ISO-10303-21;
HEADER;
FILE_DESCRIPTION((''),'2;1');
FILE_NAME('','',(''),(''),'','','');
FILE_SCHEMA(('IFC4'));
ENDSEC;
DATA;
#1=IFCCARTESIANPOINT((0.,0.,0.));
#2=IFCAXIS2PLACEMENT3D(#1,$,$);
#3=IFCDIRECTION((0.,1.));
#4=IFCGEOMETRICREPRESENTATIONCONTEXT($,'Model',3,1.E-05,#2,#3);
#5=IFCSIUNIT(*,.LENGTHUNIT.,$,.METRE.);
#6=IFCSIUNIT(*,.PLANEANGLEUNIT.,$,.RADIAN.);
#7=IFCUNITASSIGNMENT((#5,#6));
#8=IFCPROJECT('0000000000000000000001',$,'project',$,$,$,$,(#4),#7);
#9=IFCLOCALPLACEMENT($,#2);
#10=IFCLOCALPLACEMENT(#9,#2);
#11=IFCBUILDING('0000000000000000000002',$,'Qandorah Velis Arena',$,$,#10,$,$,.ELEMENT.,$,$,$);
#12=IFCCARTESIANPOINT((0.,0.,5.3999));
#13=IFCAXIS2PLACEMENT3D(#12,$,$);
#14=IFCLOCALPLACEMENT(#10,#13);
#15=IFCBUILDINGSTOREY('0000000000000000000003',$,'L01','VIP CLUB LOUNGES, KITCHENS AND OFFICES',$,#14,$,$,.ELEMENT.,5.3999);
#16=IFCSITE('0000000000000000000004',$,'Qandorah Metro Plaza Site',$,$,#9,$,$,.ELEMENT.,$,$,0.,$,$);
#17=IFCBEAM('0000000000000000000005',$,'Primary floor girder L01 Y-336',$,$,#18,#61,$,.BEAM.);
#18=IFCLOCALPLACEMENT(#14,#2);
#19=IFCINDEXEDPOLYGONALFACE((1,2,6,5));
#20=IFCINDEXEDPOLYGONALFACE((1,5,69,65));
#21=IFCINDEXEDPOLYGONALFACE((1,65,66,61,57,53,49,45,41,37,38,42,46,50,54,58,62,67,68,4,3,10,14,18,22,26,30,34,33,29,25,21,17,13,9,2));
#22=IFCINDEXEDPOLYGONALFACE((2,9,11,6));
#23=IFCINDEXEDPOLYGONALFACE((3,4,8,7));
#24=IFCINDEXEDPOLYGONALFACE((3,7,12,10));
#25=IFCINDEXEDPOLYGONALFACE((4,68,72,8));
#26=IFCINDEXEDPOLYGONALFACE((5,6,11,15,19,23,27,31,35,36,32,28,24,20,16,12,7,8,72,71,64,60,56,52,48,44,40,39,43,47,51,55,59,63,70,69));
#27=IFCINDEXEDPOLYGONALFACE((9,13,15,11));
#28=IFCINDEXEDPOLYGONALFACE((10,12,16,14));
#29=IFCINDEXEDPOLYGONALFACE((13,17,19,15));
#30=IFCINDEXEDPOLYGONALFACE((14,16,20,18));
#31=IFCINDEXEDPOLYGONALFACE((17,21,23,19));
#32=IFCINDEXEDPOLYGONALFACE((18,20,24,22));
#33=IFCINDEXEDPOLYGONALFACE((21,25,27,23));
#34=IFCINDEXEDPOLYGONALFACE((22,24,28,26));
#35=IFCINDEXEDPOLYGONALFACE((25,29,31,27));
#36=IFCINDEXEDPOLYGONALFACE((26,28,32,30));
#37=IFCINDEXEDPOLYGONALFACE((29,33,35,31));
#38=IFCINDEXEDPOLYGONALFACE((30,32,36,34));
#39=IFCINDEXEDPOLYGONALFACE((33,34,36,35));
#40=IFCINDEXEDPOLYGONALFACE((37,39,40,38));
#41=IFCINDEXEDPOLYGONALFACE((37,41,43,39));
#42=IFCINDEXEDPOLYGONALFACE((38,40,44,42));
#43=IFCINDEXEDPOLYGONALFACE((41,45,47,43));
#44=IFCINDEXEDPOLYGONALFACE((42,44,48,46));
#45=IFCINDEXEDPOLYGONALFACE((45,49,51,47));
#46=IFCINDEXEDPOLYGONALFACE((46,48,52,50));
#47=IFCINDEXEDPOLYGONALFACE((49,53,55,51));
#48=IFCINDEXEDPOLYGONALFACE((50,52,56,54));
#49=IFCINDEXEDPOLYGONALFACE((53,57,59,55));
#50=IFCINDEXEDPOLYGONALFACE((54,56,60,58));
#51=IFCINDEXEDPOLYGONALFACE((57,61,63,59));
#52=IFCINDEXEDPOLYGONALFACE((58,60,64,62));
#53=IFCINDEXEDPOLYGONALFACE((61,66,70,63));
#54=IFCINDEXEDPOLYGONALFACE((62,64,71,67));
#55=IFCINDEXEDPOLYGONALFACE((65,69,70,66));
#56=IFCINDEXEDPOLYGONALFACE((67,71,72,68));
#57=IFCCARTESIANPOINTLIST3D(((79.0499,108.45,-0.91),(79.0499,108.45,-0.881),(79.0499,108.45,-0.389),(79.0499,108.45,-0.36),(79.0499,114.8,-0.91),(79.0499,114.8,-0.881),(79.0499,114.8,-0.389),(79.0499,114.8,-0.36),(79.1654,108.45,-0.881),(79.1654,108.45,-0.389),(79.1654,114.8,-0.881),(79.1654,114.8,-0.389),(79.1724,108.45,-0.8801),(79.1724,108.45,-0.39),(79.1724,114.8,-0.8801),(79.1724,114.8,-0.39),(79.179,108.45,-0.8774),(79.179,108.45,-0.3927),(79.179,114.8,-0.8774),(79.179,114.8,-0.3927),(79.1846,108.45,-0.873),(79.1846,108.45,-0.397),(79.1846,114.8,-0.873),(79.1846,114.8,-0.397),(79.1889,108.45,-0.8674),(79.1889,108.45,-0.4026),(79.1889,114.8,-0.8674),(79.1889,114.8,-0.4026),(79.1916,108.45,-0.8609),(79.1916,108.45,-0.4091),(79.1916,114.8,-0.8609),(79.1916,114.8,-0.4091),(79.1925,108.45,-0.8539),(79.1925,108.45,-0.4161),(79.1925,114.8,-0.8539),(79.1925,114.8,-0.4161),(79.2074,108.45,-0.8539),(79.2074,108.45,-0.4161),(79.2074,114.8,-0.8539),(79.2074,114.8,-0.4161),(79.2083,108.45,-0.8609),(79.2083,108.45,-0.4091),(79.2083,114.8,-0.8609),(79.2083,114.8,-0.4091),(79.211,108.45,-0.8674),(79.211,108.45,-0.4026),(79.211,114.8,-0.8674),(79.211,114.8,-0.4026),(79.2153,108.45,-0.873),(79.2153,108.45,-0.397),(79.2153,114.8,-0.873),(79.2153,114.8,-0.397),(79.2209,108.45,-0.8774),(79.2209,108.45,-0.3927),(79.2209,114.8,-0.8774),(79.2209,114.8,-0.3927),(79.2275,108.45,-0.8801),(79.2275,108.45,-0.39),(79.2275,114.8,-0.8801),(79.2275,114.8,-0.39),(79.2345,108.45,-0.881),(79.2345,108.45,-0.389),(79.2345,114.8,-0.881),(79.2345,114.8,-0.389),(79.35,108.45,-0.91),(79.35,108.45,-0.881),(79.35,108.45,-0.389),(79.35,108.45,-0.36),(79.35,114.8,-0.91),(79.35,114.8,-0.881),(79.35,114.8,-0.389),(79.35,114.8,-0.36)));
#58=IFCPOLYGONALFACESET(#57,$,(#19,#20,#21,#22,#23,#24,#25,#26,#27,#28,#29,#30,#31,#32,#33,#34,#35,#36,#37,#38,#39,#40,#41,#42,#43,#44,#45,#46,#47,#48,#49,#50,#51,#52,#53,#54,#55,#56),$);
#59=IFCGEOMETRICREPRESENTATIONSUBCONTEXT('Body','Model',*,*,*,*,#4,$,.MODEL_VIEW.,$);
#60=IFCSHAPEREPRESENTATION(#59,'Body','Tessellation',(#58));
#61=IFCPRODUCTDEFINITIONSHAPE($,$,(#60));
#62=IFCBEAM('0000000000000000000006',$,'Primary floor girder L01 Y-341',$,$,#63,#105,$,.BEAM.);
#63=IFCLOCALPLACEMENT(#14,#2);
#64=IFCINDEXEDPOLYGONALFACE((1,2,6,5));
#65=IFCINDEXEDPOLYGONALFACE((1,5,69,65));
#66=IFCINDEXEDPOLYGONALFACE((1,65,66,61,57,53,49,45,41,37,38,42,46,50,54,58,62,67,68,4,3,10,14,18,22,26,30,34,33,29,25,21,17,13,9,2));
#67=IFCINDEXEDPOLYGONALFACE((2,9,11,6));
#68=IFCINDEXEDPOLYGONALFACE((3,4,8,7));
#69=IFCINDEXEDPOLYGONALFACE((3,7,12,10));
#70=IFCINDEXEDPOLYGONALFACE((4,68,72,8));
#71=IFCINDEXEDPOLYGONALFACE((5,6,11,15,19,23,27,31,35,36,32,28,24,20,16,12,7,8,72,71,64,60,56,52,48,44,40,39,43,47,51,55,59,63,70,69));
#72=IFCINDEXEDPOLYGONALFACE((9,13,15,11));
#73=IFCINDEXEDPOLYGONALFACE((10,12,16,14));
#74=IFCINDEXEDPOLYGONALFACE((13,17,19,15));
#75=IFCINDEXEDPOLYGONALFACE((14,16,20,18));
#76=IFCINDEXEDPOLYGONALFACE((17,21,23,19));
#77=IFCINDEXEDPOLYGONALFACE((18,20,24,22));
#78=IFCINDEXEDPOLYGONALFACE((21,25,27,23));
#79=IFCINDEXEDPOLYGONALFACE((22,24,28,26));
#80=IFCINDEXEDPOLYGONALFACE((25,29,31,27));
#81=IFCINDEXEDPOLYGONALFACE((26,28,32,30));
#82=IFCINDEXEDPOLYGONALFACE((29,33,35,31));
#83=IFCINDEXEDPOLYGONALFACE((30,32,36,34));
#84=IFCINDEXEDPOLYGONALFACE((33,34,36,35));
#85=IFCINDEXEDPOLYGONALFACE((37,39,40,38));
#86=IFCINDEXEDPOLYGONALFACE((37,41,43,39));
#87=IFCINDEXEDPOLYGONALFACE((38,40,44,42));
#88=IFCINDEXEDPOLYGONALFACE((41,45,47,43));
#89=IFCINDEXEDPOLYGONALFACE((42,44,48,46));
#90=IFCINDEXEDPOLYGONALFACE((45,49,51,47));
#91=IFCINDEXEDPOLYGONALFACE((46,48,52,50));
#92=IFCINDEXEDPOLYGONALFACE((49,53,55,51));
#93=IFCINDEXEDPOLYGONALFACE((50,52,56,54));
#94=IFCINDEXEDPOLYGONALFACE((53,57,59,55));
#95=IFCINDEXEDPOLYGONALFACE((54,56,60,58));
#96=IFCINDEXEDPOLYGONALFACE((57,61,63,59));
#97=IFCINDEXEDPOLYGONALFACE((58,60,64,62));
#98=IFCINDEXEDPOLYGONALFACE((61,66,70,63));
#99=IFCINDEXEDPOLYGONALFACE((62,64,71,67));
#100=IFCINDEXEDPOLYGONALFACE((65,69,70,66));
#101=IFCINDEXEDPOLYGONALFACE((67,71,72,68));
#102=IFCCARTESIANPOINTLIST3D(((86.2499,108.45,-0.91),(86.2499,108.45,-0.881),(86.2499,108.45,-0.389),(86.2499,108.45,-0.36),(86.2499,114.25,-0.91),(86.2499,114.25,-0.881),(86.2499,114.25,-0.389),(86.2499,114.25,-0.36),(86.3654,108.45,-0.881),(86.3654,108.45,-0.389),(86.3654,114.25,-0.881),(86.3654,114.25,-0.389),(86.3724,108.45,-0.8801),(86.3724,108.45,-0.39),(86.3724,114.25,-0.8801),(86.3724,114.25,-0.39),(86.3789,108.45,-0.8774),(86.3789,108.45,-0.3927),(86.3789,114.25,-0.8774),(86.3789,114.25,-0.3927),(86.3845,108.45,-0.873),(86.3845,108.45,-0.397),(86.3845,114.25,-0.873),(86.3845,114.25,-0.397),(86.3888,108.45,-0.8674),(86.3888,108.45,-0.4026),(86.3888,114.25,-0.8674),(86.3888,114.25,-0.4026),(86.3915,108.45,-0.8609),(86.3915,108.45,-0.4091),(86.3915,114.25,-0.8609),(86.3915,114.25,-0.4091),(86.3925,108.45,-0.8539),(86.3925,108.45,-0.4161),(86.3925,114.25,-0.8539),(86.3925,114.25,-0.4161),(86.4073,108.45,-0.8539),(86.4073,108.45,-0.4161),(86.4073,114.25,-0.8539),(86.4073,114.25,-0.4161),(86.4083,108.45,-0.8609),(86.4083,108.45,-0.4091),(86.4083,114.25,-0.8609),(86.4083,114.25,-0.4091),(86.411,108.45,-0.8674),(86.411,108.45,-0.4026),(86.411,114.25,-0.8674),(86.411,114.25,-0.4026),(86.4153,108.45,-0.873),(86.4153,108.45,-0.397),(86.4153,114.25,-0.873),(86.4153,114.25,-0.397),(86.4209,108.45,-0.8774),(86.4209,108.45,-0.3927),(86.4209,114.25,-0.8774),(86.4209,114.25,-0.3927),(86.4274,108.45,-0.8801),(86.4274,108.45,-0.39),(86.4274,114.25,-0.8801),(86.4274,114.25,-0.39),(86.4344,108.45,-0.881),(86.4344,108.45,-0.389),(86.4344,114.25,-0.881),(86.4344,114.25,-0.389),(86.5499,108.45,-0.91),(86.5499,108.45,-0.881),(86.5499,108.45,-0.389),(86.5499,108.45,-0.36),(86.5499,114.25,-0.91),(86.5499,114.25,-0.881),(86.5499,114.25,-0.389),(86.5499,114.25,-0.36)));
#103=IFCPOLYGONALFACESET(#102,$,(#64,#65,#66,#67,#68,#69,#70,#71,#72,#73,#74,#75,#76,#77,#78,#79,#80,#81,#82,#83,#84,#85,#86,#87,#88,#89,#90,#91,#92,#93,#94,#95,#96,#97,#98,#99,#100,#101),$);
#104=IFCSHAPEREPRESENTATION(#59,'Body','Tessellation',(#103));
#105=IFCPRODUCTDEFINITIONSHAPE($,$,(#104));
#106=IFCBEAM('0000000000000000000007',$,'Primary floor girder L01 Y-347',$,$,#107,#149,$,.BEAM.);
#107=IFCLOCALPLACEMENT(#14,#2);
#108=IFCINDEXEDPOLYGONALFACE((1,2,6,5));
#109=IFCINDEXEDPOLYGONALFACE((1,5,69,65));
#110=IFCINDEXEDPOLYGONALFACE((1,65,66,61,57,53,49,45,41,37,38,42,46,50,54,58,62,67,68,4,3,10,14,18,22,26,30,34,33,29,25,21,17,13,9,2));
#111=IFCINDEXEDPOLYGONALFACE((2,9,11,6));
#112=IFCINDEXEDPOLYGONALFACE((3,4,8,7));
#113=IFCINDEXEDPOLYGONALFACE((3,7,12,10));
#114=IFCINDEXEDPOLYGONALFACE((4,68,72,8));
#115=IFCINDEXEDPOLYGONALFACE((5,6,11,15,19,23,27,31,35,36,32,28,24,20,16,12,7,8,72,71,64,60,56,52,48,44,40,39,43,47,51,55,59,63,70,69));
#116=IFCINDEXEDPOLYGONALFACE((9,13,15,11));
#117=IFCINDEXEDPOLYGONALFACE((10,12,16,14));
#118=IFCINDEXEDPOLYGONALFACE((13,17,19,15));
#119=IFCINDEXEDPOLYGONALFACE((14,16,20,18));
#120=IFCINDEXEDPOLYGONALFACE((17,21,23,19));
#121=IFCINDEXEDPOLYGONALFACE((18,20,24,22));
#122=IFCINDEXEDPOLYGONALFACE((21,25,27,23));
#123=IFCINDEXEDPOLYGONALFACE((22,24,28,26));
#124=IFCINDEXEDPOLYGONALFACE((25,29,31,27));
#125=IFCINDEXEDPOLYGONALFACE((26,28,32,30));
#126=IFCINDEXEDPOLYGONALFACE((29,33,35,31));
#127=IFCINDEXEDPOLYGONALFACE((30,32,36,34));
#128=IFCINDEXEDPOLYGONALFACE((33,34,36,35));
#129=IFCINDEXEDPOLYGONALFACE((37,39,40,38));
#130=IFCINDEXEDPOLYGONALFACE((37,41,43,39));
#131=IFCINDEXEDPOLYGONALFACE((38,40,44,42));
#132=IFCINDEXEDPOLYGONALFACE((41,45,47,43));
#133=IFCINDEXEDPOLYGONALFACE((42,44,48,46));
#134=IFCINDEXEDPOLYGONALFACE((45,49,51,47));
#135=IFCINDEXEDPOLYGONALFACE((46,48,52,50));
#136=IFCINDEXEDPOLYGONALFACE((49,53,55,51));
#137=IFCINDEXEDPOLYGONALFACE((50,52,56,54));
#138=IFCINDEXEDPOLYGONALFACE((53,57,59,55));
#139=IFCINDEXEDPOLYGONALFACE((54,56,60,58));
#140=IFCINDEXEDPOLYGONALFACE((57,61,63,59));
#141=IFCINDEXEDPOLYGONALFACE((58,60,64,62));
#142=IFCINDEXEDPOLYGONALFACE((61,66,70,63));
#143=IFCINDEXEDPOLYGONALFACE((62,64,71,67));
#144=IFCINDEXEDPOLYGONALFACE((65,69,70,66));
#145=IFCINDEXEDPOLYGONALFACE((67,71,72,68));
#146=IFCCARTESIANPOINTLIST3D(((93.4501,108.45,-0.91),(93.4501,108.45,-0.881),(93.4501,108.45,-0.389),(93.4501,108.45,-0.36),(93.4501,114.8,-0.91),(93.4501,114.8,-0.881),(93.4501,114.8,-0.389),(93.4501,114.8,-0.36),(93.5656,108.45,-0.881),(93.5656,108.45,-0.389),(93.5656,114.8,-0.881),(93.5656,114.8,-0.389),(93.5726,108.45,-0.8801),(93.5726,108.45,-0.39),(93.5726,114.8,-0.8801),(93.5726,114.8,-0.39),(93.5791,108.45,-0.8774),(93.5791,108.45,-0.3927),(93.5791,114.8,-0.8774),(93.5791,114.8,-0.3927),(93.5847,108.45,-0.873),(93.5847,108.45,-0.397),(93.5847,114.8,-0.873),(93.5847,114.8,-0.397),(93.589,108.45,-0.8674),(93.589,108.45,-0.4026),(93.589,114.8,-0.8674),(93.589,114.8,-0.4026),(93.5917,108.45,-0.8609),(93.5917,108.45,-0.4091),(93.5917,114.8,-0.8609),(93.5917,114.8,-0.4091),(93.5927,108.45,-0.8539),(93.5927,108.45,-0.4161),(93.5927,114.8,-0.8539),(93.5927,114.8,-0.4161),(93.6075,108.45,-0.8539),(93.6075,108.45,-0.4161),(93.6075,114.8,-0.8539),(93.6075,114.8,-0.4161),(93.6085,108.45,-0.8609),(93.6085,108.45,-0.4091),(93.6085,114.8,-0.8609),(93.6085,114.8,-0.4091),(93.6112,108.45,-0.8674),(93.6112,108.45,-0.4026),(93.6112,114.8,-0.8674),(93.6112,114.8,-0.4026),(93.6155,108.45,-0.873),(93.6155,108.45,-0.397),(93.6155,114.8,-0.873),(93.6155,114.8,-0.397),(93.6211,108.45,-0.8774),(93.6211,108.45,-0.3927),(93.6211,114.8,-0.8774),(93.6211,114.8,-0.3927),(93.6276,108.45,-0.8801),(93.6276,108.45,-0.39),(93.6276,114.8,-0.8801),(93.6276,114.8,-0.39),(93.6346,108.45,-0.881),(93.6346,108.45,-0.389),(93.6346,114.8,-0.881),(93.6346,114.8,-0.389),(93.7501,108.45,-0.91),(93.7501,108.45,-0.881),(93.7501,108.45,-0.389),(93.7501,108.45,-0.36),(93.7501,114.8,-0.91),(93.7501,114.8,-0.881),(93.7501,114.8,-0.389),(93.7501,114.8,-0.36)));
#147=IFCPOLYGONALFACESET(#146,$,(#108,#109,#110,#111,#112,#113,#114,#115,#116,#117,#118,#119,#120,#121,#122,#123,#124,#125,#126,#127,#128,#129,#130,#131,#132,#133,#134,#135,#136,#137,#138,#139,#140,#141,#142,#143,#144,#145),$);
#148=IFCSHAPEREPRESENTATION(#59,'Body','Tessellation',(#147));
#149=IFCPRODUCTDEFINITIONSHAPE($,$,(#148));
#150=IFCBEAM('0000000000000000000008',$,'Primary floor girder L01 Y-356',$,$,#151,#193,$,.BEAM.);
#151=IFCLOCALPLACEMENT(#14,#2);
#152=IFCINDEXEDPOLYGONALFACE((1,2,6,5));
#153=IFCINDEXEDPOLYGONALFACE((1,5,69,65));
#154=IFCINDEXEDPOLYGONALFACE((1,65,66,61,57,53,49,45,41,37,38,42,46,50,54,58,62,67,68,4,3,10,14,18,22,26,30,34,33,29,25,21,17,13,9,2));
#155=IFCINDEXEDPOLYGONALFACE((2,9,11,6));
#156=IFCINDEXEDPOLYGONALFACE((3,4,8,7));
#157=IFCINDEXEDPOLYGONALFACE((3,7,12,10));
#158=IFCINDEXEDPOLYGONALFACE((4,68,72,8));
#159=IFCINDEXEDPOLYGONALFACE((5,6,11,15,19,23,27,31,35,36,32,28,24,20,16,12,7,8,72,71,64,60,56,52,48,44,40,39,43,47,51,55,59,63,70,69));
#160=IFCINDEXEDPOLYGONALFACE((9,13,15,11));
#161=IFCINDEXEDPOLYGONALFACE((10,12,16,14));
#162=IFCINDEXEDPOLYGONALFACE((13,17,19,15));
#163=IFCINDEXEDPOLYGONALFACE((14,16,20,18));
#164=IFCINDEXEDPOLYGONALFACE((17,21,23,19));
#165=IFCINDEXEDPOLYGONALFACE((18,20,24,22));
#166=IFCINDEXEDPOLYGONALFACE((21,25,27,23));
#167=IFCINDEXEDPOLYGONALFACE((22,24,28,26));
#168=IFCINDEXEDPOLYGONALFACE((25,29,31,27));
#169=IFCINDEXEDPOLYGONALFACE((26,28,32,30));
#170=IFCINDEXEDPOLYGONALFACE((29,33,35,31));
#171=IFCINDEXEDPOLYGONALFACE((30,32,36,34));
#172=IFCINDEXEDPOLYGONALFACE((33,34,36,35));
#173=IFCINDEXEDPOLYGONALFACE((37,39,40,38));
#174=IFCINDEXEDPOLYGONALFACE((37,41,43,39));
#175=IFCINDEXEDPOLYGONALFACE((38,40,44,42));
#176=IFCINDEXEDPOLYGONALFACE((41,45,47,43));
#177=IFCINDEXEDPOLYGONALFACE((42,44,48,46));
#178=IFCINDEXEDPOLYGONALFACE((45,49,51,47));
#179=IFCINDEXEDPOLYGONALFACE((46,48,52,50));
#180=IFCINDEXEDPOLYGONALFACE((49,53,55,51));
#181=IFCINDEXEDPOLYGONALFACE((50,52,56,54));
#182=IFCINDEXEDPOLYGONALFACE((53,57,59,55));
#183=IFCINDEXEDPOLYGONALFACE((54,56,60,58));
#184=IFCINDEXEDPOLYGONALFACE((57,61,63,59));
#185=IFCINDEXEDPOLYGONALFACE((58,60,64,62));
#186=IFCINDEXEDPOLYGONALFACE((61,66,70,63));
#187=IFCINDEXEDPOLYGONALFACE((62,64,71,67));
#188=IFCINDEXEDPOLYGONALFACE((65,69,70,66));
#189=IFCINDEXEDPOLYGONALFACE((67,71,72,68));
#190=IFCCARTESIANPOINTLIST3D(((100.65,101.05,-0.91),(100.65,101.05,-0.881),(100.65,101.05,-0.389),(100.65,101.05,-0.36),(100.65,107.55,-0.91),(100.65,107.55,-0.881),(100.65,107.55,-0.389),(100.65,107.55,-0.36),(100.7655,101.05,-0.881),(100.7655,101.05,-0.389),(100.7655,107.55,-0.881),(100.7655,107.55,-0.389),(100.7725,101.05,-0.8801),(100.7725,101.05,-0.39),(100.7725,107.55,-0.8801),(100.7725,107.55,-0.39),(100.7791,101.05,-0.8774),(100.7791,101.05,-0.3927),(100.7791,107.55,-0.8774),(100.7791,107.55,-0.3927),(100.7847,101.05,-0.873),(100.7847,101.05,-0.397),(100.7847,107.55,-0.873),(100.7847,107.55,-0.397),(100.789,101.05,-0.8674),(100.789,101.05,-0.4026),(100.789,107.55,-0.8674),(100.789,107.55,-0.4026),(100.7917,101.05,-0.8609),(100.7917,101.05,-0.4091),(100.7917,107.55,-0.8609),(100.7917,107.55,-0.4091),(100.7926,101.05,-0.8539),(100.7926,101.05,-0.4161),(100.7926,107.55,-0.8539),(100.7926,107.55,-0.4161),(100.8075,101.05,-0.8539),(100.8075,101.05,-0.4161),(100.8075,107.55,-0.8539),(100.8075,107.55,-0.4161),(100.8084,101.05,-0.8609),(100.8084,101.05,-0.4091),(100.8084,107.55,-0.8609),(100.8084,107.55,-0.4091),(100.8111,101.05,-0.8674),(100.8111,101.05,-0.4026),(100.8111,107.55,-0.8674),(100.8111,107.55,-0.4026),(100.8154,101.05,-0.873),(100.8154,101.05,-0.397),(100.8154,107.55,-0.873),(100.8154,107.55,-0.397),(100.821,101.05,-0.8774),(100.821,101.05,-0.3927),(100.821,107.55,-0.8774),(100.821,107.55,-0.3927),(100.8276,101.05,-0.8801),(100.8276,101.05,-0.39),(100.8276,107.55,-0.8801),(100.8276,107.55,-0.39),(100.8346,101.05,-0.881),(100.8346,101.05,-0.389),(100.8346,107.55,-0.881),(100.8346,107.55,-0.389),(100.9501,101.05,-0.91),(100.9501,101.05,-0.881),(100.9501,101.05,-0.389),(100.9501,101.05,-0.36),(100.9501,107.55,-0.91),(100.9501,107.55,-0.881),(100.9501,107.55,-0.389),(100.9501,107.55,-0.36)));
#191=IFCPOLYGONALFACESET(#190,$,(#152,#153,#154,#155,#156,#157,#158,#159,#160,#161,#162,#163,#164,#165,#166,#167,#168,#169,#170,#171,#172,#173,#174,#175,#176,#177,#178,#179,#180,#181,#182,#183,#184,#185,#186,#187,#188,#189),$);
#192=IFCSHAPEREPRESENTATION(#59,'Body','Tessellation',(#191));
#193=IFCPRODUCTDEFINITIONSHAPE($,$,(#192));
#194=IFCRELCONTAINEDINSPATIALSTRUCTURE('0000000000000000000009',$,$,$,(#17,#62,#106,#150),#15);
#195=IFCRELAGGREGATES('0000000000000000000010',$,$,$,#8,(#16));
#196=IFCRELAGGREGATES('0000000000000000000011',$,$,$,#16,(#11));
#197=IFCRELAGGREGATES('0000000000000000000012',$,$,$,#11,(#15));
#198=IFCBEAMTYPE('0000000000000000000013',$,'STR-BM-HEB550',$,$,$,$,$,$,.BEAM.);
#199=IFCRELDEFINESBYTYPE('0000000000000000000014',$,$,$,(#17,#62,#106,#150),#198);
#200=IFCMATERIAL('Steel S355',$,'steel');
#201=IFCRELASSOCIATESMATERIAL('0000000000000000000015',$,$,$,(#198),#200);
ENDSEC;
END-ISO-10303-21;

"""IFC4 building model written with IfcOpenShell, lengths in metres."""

from ifc_helpers import new_model, si_unit, direction, frame, origin, origin_2d, place, context, subcontext, project, spatial, i_section, extrude, material, material_profile, profile_set, type_object, element, save


model = new_model("IFC4")

# Units and contexts
model_context = context("Model", 3, precision=1e-05, world=origin(), true_north=direction((0.0, 1.0)))
body_context = subcontext(model_context, "Body", "Model", "MODEL_VIEW")
ifc_project = project(units=[si_unit("LENGTHUNIT", "METRE"), si_unit("PLANEANGLEUNIT", "RADIAN")], contexts=[model_context])

# Site, building, storey
site_placement = place(None, origin())
site = spatial("IfcSite", under=ifc_project, at=site_placement, Name="Qandorah Metro Plaza Site", CompositionType="ELEMENT", RefElevation=0.0)
building_placement = place(site_placement, origin())
building = spatial("IfcBuilding", under=site, at=building_placement, Name="Qandorah Velis Arena", CompositionType="ELEMENT")
storey_placement = place(building_placement, frame((0.0, 0.0, 5.3999)))
storey = spatial("IfcBuildingStorey", under=building, at=storey_placement, Name="L01", Description="VIP CLUB LOUNGES, KITCHENS AND OFFICES", CompositionType="ELEMENT", Elevation=5.3999)

# Beams
ifc_material_1 = material(Name="Steel S355", Category="steel")
ifc_material_profile_1 = material_profile(ifc_material_1, i_section(OverallWidth=0.3, OverallDepth=0.55, WebThickness=0.0149, FlangeThickness=0.0291, FilletRadius=0.0271, at=origin_2d()), Name="HEB 550")
ifc_profile_set_1 = profile_set([ifc_material_profile_1], Name="Steel S355")
beam_type_1 = type_object("IfcBeamType", Name="STR-BM-HEB550", PredefinedType="BEAM", material=ifc_profile_set_1)
beam_1_placement = place(storey_placement, frame((79.2, 108.45, -0.635), z_axis=(0.0, 1.0, 0.0), x_axis=(-1.0, 0.0, 0.0)))
element("IfcBeam", 1, at=beam_1_placement, inside=storey, type_object=beam_type_1, Name="Primary floor girder L01 Y-336", PredefinedType="BEAM", context=body_context, shape_type="SweptSolid", body=[
    extrude(i_section(OverallWidth=0.3, OverallDepth=0.55, WebThickness=0.0149, FlangeThickness=0.0291, FilletRadius=0.0271, at=origin_2d()), origin(), (0.0, 0.0, 1.0), 6.3501),
])
beam_2_placement = place(storey_placement, frame((86.3999, 108.45, -0.635), z_axis=(0.0, 1.0, 0.0), x_axis=(-1.0, 0.0, 0.0)))
element("IfcBeam", 2, at=beam_2_placement, inside=storey, type_object=beam_type_1, Name="Primary floor girder L01 Y-341", PredefinedType="BEAM", context=body_context, shape_type="SweptSolid", body=[
    extrude(i_section(OverallWidth=0.3, OverallDepth=0.55, WebThickness=0.0149, FlangeThickness=0.0291, FilletRadius=0.0271, at=origin_2d()), origin(), (0.0, 0.0, 1.0), 5.8),
])
beam_3_placement = place(storey_placement, frame((93.6001, 108.45, -0.635), z_axis=(0.0, 1.0, 0.0), x_axis=(-1.0, 0.0, 0.0)))
element("IfcBeam", 3, at=beam_3_placement, inside=storey, type_object=beam_type_1, Name="Primary floor girder L01 Y-347", PredefinedType="BEAM", context=body_context, shape_type="SweptSolid", body=[
    extrude(i_section(OverallWidth=0.3, OverallDepth=0.55, WebThickness=0.0149, FlangeThickness=0.0291, FilletRadius=0.0271, at=origin_2d()), origin(), (0.0, 0.0, 1.0), 6.3501),
])
beam_4_placement = place(storey_placement, frame((100.8, 101.05, -0.635), z_axis=(0.0, 1.0, 0.0), x_axis=(-1.0, 0.0, 0.0)))
element("IfcBeam", 4, at=beam_4_placement, inside=storey, type_object=beam_type_1, Name="Primary floor girder L01 Y-356", PredefinedType="BEAM", context=body_context, shape_type="SweptSolid", body=[
    extrude(i_section(OverallWidth=0.3, OverallDepth=0.55, WebThickness=0.0149, FlangeThickness=0.0291, FilletRadius=0.0271, at=origin_2d()), origin(), (0.0, 0.0, 1.0), 6.5),
])

save(model, "model.ifc")
